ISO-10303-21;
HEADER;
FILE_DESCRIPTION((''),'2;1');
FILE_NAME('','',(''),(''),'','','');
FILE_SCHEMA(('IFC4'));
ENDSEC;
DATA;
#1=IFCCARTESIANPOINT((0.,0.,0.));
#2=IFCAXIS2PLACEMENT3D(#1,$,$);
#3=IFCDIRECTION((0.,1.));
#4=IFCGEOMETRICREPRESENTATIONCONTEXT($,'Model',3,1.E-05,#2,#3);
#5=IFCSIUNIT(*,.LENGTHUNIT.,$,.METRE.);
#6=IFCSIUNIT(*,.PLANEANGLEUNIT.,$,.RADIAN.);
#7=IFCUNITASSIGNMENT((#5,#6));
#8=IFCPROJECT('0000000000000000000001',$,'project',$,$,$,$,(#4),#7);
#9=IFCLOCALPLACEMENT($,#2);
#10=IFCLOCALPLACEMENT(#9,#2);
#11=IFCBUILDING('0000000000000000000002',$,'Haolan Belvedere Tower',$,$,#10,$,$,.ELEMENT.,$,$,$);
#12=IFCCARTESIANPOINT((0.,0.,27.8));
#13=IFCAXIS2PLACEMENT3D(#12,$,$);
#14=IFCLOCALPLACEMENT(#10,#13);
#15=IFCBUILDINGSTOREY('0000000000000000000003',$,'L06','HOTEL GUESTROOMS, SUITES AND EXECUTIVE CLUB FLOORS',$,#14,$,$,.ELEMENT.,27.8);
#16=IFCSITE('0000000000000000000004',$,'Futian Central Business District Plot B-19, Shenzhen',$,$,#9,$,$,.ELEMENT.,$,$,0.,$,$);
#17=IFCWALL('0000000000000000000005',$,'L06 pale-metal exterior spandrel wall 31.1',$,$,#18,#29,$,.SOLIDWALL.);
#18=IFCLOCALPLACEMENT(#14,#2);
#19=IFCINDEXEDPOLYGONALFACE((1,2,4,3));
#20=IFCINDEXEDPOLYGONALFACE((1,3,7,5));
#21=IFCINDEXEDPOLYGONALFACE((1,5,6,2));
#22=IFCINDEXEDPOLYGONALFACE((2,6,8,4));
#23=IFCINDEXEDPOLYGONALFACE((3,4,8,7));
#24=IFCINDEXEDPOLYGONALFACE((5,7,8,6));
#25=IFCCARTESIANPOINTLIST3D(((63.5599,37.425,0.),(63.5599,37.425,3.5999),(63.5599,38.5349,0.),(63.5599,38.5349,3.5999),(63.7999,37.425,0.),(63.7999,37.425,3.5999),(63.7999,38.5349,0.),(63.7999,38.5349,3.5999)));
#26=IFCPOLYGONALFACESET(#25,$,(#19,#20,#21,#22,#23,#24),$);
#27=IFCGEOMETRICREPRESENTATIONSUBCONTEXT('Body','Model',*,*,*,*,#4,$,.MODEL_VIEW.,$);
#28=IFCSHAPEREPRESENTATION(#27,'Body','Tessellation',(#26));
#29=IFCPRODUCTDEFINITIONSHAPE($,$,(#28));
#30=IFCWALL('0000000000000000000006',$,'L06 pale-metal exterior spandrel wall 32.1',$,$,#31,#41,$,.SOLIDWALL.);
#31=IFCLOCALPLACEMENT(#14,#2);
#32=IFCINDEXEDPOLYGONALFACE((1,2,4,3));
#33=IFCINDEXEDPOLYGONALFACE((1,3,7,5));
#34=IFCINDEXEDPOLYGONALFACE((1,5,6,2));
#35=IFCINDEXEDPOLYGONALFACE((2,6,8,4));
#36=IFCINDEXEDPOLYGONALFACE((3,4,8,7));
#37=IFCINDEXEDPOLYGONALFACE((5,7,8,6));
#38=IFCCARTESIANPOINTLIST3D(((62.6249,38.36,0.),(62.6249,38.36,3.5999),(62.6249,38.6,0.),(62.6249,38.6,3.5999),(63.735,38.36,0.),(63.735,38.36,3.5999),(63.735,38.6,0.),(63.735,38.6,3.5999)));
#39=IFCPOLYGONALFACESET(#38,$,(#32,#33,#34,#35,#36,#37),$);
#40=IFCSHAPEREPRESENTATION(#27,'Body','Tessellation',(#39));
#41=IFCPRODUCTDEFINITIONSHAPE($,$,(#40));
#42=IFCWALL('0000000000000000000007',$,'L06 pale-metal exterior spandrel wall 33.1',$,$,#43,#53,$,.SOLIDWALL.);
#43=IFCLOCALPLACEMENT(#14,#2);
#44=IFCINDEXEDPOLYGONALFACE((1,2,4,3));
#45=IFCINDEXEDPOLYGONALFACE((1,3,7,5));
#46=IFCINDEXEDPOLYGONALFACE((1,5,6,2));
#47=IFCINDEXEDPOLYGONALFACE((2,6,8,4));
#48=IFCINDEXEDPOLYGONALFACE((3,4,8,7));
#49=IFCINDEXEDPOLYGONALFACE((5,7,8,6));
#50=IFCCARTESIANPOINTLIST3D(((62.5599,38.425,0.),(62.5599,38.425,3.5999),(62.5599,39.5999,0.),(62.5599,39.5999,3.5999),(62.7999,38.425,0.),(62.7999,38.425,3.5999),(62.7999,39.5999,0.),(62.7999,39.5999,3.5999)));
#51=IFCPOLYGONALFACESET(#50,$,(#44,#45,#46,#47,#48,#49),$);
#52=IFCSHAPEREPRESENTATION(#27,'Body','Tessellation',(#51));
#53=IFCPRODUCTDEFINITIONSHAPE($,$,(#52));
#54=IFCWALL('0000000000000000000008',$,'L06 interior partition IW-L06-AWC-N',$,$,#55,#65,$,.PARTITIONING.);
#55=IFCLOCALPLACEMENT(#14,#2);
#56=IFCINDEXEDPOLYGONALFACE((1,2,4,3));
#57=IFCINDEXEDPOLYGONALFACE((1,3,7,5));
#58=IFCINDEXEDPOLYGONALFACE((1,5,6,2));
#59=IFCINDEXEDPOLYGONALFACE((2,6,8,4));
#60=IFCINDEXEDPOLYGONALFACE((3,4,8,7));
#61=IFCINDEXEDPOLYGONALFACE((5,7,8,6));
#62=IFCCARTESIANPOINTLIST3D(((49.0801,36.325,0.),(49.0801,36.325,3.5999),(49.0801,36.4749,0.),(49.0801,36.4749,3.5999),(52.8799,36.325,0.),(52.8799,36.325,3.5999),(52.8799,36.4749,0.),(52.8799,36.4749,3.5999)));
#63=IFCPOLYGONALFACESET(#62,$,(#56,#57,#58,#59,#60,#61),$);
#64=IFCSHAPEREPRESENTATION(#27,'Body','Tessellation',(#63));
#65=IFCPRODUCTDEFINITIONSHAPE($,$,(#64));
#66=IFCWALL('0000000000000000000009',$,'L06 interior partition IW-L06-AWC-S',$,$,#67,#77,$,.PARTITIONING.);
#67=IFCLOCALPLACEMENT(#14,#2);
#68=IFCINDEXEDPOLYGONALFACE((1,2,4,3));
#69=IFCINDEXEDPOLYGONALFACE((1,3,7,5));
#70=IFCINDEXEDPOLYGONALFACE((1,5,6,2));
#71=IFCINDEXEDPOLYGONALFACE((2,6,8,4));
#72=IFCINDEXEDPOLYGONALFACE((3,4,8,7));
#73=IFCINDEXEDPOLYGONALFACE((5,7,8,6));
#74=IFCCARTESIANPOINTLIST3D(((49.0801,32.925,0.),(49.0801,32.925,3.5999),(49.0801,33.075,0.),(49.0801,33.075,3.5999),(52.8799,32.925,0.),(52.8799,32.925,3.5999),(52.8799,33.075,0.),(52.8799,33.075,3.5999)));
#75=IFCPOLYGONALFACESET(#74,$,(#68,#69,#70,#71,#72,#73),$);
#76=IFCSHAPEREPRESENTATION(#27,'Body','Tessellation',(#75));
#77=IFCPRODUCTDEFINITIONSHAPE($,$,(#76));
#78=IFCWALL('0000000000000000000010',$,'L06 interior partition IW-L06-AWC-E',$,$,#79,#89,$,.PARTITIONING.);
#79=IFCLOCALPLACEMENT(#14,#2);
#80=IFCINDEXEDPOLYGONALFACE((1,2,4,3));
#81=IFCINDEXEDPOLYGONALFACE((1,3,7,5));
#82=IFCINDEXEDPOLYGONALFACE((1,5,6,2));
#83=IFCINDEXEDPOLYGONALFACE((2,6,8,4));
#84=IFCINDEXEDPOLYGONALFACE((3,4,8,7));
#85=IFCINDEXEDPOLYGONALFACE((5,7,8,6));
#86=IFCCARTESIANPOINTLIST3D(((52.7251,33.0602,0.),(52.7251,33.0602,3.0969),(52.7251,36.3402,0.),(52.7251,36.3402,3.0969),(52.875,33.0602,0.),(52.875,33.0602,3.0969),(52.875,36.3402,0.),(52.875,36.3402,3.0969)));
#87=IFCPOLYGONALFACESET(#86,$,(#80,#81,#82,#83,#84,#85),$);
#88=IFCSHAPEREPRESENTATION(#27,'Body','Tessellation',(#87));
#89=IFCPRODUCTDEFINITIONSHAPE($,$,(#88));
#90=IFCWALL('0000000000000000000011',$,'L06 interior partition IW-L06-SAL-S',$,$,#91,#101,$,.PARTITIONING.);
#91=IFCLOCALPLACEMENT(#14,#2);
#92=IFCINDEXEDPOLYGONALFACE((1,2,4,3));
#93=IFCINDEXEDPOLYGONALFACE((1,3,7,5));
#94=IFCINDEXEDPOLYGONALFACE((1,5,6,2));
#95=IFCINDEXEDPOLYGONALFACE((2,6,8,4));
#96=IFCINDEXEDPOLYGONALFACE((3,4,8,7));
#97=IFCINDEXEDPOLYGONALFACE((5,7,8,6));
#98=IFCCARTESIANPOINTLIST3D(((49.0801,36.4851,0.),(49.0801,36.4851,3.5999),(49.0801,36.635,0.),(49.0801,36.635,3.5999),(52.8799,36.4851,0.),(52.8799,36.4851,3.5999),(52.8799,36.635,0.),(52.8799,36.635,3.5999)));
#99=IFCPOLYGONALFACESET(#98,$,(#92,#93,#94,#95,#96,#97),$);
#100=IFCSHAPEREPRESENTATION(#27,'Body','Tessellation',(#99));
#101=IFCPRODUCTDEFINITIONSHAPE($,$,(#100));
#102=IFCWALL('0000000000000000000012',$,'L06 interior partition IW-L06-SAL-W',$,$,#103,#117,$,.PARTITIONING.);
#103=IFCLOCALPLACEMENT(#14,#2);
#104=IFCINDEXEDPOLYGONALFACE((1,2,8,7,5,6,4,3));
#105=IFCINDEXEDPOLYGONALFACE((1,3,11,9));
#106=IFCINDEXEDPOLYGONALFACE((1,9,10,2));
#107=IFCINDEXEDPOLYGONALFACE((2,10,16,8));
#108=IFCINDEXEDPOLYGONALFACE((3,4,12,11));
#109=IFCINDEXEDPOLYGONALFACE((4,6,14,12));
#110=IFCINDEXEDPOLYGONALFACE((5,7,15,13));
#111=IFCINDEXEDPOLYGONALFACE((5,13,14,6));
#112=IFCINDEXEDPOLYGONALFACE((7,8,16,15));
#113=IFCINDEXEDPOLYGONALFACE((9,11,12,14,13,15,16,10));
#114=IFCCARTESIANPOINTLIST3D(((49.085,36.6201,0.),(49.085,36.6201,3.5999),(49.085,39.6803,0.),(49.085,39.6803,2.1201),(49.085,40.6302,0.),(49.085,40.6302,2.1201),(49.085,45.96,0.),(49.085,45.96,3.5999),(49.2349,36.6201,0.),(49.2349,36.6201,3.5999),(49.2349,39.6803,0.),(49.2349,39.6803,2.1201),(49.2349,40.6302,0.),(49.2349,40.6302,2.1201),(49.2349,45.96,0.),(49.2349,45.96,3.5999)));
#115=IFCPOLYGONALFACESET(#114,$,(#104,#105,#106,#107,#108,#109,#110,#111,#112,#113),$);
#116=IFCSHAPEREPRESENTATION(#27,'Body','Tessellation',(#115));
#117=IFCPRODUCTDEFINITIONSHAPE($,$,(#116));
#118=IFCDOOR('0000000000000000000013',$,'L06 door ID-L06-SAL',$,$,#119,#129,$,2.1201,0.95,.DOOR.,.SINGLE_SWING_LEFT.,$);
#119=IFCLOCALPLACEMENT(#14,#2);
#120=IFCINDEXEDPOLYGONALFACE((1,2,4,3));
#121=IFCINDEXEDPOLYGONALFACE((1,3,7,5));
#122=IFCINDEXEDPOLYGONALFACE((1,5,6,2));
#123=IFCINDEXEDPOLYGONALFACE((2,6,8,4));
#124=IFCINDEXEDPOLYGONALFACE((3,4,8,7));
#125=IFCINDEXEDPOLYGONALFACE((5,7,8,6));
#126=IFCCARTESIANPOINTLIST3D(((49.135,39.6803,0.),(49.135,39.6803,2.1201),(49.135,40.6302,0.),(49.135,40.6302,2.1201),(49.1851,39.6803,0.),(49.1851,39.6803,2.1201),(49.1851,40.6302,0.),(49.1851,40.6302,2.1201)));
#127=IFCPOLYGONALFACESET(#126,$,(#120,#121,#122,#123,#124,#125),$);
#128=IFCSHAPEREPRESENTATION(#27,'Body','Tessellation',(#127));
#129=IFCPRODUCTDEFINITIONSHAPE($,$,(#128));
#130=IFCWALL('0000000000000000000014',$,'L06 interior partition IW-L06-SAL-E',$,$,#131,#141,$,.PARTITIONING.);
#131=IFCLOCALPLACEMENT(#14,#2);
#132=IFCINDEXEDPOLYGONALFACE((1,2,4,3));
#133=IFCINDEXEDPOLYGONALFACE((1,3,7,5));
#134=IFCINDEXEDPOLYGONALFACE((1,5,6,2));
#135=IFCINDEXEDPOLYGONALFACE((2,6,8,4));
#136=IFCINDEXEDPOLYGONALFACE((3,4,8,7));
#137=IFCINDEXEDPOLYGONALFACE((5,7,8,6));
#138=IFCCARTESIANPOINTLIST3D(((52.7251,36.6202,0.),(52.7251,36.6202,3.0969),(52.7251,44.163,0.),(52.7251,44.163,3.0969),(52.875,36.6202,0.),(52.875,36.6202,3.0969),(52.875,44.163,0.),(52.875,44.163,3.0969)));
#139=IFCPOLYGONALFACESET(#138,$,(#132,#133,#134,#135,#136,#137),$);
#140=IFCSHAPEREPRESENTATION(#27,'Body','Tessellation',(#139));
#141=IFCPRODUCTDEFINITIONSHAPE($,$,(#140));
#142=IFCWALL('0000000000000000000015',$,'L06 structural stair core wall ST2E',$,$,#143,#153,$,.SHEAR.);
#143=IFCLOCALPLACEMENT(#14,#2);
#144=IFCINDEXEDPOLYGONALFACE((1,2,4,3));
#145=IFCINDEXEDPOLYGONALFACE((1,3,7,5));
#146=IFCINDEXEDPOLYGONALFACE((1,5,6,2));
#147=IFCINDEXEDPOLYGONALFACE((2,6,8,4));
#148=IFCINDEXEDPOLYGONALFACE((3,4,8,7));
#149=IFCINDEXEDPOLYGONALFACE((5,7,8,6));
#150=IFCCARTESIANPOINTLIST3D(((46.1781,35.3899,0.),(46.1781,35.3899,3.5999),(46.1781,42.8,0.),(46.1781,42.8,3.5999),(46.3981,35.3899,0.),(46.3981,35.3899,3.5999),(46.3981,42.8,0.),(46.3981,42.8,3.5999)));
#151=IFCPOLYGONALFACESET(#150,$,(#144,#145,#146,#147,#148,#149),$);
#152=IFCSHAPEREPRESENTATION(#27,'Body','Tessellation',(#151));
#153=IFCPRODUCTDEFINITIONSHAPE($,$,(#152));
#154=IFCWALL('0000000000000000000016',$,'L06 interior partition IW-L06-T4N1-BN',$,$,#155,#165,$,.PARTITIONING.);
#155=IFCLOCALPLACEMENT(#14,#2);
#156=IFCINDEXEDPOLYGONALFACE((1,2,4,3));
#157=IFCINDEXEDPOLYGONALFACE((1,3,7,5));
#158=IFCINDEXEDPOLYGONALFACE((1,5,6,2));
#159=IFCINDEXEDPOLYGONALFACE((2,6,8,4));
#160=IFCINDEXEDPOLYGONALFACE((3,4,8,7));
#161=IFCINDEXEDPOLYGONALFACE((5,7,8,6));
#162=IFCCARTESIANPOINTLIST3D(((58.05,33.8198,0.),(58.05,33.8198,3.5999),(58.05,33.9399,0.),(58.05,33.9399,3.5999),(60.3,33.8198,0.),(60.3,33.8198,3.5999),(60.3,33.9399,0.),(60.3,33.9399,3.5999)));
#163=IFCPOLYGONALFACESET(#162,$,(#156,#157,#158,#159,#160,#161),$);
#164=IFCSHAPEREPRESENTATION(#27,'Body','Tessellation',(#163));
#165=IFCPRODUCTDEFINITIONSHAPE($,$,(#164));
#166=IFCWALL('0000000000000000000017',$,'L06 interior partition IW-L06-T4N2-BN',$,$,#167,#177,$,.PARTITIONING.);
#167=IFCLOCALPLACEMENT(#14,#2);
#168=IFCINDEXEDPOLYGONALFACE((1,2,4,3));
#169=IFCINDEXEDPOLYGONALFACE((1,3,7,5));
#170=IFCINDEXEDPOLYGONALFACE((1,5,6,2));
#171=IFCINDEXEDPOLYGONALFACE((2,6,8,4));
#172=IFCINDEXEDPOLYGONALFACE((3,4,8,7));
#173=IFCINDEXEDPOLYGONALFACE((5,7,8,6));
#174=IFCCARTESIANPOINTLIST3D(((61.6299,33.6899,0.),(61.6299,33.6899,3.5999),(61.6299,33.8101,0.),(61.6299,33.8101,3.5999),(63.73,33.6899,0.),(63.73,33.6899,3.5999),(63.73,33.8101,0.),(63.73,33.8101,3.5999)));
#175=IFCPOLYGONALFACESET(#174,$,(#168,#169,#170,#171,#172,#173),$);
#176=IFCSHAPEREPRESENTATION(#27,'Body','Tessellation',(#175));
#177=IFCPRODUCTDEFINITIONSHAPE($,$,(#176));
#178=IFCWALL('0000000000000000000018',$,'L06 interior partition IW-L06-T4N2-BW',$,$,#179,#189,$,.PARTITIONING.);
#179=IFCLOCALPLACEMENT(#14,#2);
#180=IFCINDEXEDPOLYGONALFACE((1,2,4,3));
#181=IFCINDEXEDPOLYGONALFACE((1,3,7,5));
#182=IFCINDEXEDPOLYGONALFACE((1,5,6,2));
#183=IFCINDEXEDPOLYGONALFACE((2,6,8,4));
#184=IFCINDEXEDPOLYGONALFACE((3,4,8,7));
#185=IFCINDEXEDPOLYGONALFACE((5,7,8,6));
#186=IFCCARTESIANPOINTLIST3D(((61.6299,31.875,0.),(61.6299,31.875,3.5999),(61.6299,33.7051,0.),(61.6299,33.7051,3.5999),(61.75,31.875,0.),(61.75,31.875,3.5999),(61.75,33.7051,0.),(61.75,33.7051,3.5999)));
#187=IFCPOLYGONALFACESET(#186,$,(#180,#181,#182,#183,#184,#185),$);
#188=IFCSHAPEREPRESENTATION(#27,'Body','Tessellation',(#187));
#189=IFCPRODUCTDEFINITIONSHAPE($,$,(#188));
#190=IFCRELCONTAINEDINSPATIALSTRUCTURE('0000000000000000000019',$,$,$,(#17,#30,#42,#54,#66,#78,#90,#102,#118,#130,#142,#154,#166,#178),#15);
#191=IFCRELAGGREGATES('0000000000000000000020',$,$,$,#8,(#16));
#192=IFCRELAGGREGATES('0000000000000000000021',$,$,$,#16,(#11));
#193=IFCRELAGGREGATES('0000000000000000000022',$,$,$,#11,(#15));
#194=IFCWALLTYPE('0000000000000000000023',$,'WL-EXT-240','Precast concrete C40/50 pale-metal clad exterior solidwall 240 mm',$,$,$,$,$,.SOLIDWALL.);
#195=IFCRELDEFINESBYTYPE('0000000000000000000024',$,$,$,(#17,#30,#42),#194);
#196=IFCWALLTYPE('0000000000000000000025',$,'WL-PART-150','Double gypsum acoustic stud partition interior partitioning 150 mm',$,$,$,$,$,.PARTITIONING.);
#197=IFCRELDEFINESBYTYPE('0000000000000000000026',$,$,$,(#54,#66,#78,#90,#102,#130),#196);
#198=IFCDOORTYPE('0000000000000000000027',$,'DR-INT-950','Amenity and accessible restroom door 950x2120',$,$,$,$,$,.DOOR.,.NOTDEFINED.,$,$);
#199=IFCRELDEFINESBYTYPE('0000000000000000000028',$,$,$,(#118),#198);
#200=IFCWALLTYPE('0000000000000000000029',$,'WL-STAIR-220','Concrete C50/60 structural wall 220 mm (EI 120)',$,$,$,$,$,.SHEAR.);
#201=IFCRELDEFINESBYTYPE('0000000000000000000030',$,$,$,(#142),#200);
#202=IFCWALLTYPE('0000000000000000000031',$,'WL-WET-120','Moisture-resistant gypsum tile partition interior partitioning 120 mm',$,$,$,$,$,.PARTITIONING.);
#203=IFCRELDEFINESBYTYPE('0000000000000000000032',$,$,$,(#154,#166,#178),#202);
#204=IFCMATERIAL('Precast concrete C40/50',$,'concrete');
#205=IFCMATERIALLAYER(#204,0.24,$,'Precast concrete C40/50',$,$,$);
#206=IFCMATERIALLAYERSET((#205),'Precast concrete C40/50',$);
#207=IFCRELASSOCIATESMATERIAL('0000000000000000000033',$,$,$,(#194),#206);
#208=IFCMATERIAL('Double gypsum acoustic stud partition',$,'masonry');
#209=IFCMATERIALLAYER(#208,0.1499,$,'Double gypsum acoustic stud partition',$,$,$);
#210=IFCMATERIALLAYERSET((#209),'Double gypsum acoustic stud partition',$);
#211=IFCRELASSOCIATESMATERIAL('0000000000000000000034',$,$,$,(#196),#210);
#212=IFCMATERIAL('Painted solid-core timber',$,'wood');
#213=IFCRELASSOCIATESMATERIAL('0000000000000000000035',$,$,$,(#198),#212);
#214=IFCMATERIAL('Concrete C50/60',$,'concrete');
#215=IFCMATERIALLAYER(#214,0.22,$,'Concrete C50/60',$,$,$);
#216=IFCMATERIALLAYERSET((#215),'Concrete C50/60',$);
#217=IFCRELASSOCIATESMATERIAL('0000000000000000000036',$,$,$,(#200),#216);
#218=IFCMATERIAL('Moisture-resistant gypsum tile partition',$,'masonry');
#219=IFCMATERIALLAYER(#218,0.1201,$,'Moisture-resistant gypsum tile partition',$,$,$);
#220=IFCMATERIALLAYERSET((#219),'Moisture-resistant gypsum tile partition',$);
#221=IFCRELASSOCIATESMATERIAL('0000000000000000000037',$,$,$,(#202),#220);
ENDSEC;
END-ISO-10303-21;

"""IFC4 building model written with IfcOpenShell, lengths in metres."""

from ifc_helpers import new_model, si_unit, direction, frame, frame_2d, origin, place, context, subcontext, project, spatial, rectangle, extrude, material, layer, layer_set, type_object, element, fill, save


model = new_model("IFC4")

# Units and contexts
model_context = context("Model", 3, precision=1e-05, world=origin(), true_north=direction((0.0, 1.0)))
body_context = subcontext(model_context, "Body", "Model", "MODEL_VIEW")
ifc_project = project(units=[si_unit("LENGTHUNIT", "METRE"), si_unit("PLANEANGLEUNIT", "RADIAN")], contexts=[model_context])

# Site, building, storey
site_placement = place(None, origin())
site = spatial("IfcSite", under=ifc_project, at=site_placement, Name="Futian Central Business District Plot B-19, Shenzhen", CompositionType="ELEMENT", RefElevation=0.0)
building_placement = place(site_placement, origin())
building = spatial("IfcBuilding", under=site, at=building_placement, Name="Haolan Belvedere Tower", CompositionType="ELEMENT")
storey_placement = place(building_placement, frame((0.0, 0.0, 27.8)))
storey = spatial("IfcBuildingStorey", under=building, at=storey_placement, Name="L06", Description="HOTEL GUESTROOMS, SUITES AND EXECUTIVE CLUB FLOORS", CompositionType="ELEMENT", Elevation=27.8)

# Shared definitions
ifc_material_1 = material(Name="Precast concrete C40/50", Category="concrete")
ifc_layer_1 = layer(ifc_material_1, 0.24, Name="Precast concrete C40/50")
ifc_layer_set_1 = layer_set([ifc_layer_1], Name="Precast concrete C40/50")
wall_type_1 = type_object("IfcWallType", Name="WL-EXT-240", Description="Precast concrete C40/50 pale-metal clad exterior solidwall 240 mm", PredefinedType="SOLIDWALL", material=ifc_layer_set_1)

# Walls
wall_1_placement = place(storey_placement, frame((63.6799, 37.425, 0.0), z_axis=(0.0, 0.0, 1.0), x_axis=(0.0, 1.0, 0.0)))
element("IfcWall", 1, at=wall_1_placement, inside=storey, type_object=wall_type_1, Name="L06 pale-metal exterior spandrel wall 31.1", PredefinedType="SOLIDWALL", context=body_context, shape_type="SweptSolid", body=[
    extrude(rectangle(XDim=1.1099, YDim=0.24, at=frame_2d((0.5549, 0.0))), origin(), (0.0, 0.0, 1.0), 3.5999),
])
wall_2_placement = place(storey_placement, frame((63.7351, 38.48, 0.0), z_axis=(0.0, 0.0, 1.0), x_axis=(-1.0, 0.0, 0.0)))
element("IfcWall", 2, at=wall_2_placement, inside=storey, type_object=wall_type_1, Name="L06 pale-metal exterior spandrel wall 32.1", PredefinedType="SOLIDWALL", context=body_context, shape_type="SweptSolid", body=[
    extrude(rectangle(XDim=1.1101, YDim=0.24, at=frame_2d((0.5552, 0.0))), origin(), (0.0, 0.0, 1.0), 3.5999),
])
wall_3_placement = place(storey_placement, frame((62.6799, 38.425, 0.0), z_axis=(0.0, 0.0, 1.0), x_axis=(0.0, 1.0, 0.0)))
element("IfcWall", 3, at=wall_3_placement, inside=storey, type_object=wall_type_1, Name="L06 pale-metal exterior spandrel wall 33.1", PredefinedType="SOLIDWALL", context=body_context, shape_type="SweptSolid", body=[
    extrude(rectangle(XDim=1.1748, YDim=0.24, at=frame_2d((0.5874, 0.0))), origin(), (0.0, 0.0, 1.0), 3.5999),
])
ifc_material_2 = material(Name="Double gypsum acoustic stud partition", Category="masonry")
ifc_layer_2 = layer(ifc_material_2, 0.1499, Name="Double gypsum acoustic stud partition")
ifc_layer_set_2 = layer_set([ifc_layer_2], Name="Double gypsum acoustic stud partition")
wall_type_2 = type_object("IfcWallType", Name="WL-PART-150", Description="Double gypsum acoustic stud partition interior partitioning 150 mm", PredefinedType="PARTITIONING", material=ifc_layer_set_2)
for number, where, z_axis, x_axis, name in (
    (4, (49.0801, 36.3999, 0.0), (0.0, 0.0, 1.0), (1.0, 0.0, 0.0), "L06 interior partition IW-L06-AWC-N"),
    (5, (49.0801, 33.0, 0.0), (0.0, 0.0, 1.0), (1.0, 0.0, 0.0), "L06 interior partition IW-L06-AWC-S"),
):
    element("IfcWall", number, at=place(storey_placement, frame(where, z_axis=z_axis, x_axis=x_axis)), inside=storey, type_object=wall_type_2, Name=name, PredefinedType="PARTITIONING", context=body_context, shape_type="SweptSolid", body=[
        extrude(rectangle(XDim=3.7998, YDim=0.1499, at=frame_2d((1.8999, 0.0))), origin(), (0.0, 0.0, 1.0), 3.5999),
    ])

# Shared definitions
ifc_material_3 = material(Name="Painted solid-core timber", Category="wood")
door_type = type_object("IfcDoorType", Name="DR-INT-950", Description="Amenity and accessible restroom door 950x2120", OperationType="NOTDEFINED", PredefinedType="DOOR", material=ifc_material_3)

# Walls
wall_4_placement = place(storey_placement, frame((52.8, 33.0601, 0.0), z_axis=(0.0, 0.0, 1.0), x_axis=(0.0, 1.0, 0.0)))
element("IfcWall", 6, at=wall_4_placement, inside=storey, type_object=wall_type_2, Name="L06 interior partition IW-L06-AWC-E", PredefinedType="PARTITIONING", context=body_context, shape_type="SweptSolid", body=[
    extrude(rectangle(XDim=3.28, YDim=0.1499, at=frame_2d((1.6401, 0.0))), origin(), (0.0, 0.0, 1.0), 3.0969),
])
wall_5_placement = place(storey_placement, frame((49.0801, 36.5601, 0.0), z_axis=(0.0, 0.0, 1.0), x_axis=(1.0, 0.0, 0.0)))
element("IfcWall", 7, at=wall_5_placement, inside=storey, type_object=wall_type_2, Name="L06 interior partition IW-L06-SAL-S", PredefinedType="PARTITIONING", context=body_context, shape_type="SweptSolid", body=[
    extrude(rectangle(XDim=3.7998, YDim=0.1499, at=frame_2d((1.8999, 0.0))), origin(), (0.0, 0.0, 1.0), 3.5999),
])

# Wall, opening, door
wall_6_placement = place(storey_placement, frame((49.1599, 36.6201, 0.0), z_axis=(0.0, 0.0, 1.0), x_axis=(0.0, 1.0, 0.0)))
wall_6 = element("IfcWall", 8, at=wall_6_placement, inside=storey, type_object=wall_type_2, Name="L06 interior partition IW-L06-SAL-W", PredefinedType="PARTITIONING", context=body_context, shape_type="SweptSolid", body=[
    extrude(rectangle(XDim=9.3398, YDim=0.1499, at=frame_2d((4.6699, 0.0))), origin(), (0.0, 0.0, 1.0), 3.5999),
])
opening_1_placement = place(wall_6_placement, frame((3.0601, 0.0, 0.0)))
opening_1 = element("IfcOpeningElement", 9, at=opening_1_placement, cuts=wall_6, PredefinedType="OPENING", context=body_context, shape_type="SweptSolid", body=[
    extrude(rectangle(XDim=0.95, YDim=2.1201, at=frame_2d((0.4751, 1.0601))), frame((0.0, 0.085, 0.0), z_axis=(0.0, -1.0, 0.0), x_axis=(1.0, 0.0, 0.0)), (0.0, 0.0, 1.0), 0.1699),
])
door_1_placement = place(opening_1_placement, origin())
door_1 = element("IfcDoor", 10, at=door_1_placement, inside=storey, type_object=door_type, Name="L06 door ID-L06-SAL", OperationType="SINGLE_SWING_LEFT", OverallHeight=2.1201, OverallWidth=0.95, PredefinedType="DOOR", context=body_context, shape_type="SweptSolid", body=[
    extrude(rectangle(XDim=0.95, YDim=2.1201, at=frame_2d((0.4751, 1.0601))), frame((0.0, 0.0249, 0.0), z_axis=(0.0, -1.0, 0.0), x_axis=(1.0, 0.0, 0.0)), (0.0, 0.0, 1.0), 0.05),
])
fill(opening_1, door_1)

# Walls
wall_7_placement = place(storey_placement, frame((52.8, 36.6201, 0.0), z_axis=(0.0, 0.0, 1.0), x_axis=(0.0, 1.0, 0.0)))
element("IfcWall", 11, at=wall_7_placement, inside=storey, type_object=wall_type_2, Name="L06 interior partition IW-L06-SAL-E", PredefinedType="PARTITIONING", context=body_context, shape_type="SweptSolid", body=[
    extrude(rectangle(XDim=7.5427, YDim=0.1499, at=frame_2d((3.7715, 0.0))), origin(), (0.0, 0.0, 1.0), 3.0969),
])
ifc_material_4 = material(Name="Concrete C50/60", Category="concrete")
ifc_layer_3 = layer(ifc_material_4, 0.22, Name="Concrete C50/60")
ifc_layer_set_3 = layer_set([ifc_layer_3], Name="Concrete C50/60")
wall_type_3 = type_object("IfcWallType", Name="WL-STAIR-220", Description="Concrete C50/60 structural wall 220 mm (EI 120)", PredefinedType="SHEAR", material=ifc_layer_set_3)
wall_8_placement = place(storey_placement, frame((46.2881, 35.3899, 0.0), z_axis=(0.0, 0.0, 1.0), x_axis=(0.0, 1.0, 0.0)))
element("IfcWall", 12, at=wall_8_placement, inside=storey, type_object=wall_type_3, Name="L06 structural stair core wall ST2E", PredefinedType="SHEAR", context=body_context, shape_type="SweptSolid", body=[
    extrude(rectangle(XDim=7.4102, YDim=0.22, at=frame_2d((3.7051, 0.0))), origin(), (0.0, 0.0, 1.0), 3.5999),
])
ifc_material_5 = material(Name="Moisture-resistant gypsum tile partition", Category="masonry")
ifc_layer_4 = layer(ifc_material_5, 0.1201, Name="Moisture-resistant gypsum tile partition")
ifc_layer_set_4 = layer_set([ifc_layer_4], Name="Moisture-resistant gypsum tile partition")
wall_type_4 = type_object("IfcWallType", Name="WL-WET-120", Description="Moisture-resistant gypsum tile partition interior partitioning 120 mm", PredefinedType="PARTITIONING", material=ifc_layer_set_4)
wall_9_placement = place(storey_placement, frame((58.05, 33.8799, 0.0), z_axis=(0.0, 0.0, 1.0), x_axis=(1.0, 0.0, 0.0)))
element("IfcWall", 13, at=wall_9_placement, inside=storey, type_object=wall_type_4, Name="L06 interior partition IW-L06-T4N1-BN", PredefinedType="PARTITIONING", context=body_context, shape_type="SweptSolid", body=[
    extrude(rectangle(XDim=2.25, YDim=0.1201, at=frame_2d((1.125, 0.0))), origin(), (0.0, 0.0, 1.0), 3.5999),
])
wall_10_placement = place(storey_placement, frame((61.6299, 33.75, 0.0), z_axis=(0.0, 0.0, 1.0), x_axis=(1.0, 0.0, 0.0)))
element("IfcWall", 14, at=wall_10_placement, inside=storey, type_object=wall_type_4, Name="L06 interior partition IW-L06-T4N2-BN", PredefinedType="PARTITIONING", context=body_context, shape_type="SweptSolid", body=[
    extrude(rectangle(XDim=2.1001, YDim=0.1201, at=frame_2d((1.05, 0.0))), origin(), (0.0, 0.0, 1.0), 3.5999),
])
for number, where, z_axis, x_axis, name in (
    (15, (61.6899, 31.875, 0.0), (0.0, 0.0, 1.0), (0.0, 1.0, 0.0), "L06 interior partition IW-L06-T4N2-BW"),
):
    element("IfcWall", number, at=place(storey_placement, frame(where, z_axis=z_axis, x_axis=x_axis)), inside=storey, type_object=wall_type_4, Name=name, PredefinedType="PARTITIONING", context=body_context, shape_type="SweptSolid", body=[
        extrude(rectangle(XDim=1.8301, YDim=0.1201, at=frame_2d((0.915, 0.0))), origin(), (0.0, 0.0, 1.0), 3.5999),
    ])

save(model, "model.ifc")
